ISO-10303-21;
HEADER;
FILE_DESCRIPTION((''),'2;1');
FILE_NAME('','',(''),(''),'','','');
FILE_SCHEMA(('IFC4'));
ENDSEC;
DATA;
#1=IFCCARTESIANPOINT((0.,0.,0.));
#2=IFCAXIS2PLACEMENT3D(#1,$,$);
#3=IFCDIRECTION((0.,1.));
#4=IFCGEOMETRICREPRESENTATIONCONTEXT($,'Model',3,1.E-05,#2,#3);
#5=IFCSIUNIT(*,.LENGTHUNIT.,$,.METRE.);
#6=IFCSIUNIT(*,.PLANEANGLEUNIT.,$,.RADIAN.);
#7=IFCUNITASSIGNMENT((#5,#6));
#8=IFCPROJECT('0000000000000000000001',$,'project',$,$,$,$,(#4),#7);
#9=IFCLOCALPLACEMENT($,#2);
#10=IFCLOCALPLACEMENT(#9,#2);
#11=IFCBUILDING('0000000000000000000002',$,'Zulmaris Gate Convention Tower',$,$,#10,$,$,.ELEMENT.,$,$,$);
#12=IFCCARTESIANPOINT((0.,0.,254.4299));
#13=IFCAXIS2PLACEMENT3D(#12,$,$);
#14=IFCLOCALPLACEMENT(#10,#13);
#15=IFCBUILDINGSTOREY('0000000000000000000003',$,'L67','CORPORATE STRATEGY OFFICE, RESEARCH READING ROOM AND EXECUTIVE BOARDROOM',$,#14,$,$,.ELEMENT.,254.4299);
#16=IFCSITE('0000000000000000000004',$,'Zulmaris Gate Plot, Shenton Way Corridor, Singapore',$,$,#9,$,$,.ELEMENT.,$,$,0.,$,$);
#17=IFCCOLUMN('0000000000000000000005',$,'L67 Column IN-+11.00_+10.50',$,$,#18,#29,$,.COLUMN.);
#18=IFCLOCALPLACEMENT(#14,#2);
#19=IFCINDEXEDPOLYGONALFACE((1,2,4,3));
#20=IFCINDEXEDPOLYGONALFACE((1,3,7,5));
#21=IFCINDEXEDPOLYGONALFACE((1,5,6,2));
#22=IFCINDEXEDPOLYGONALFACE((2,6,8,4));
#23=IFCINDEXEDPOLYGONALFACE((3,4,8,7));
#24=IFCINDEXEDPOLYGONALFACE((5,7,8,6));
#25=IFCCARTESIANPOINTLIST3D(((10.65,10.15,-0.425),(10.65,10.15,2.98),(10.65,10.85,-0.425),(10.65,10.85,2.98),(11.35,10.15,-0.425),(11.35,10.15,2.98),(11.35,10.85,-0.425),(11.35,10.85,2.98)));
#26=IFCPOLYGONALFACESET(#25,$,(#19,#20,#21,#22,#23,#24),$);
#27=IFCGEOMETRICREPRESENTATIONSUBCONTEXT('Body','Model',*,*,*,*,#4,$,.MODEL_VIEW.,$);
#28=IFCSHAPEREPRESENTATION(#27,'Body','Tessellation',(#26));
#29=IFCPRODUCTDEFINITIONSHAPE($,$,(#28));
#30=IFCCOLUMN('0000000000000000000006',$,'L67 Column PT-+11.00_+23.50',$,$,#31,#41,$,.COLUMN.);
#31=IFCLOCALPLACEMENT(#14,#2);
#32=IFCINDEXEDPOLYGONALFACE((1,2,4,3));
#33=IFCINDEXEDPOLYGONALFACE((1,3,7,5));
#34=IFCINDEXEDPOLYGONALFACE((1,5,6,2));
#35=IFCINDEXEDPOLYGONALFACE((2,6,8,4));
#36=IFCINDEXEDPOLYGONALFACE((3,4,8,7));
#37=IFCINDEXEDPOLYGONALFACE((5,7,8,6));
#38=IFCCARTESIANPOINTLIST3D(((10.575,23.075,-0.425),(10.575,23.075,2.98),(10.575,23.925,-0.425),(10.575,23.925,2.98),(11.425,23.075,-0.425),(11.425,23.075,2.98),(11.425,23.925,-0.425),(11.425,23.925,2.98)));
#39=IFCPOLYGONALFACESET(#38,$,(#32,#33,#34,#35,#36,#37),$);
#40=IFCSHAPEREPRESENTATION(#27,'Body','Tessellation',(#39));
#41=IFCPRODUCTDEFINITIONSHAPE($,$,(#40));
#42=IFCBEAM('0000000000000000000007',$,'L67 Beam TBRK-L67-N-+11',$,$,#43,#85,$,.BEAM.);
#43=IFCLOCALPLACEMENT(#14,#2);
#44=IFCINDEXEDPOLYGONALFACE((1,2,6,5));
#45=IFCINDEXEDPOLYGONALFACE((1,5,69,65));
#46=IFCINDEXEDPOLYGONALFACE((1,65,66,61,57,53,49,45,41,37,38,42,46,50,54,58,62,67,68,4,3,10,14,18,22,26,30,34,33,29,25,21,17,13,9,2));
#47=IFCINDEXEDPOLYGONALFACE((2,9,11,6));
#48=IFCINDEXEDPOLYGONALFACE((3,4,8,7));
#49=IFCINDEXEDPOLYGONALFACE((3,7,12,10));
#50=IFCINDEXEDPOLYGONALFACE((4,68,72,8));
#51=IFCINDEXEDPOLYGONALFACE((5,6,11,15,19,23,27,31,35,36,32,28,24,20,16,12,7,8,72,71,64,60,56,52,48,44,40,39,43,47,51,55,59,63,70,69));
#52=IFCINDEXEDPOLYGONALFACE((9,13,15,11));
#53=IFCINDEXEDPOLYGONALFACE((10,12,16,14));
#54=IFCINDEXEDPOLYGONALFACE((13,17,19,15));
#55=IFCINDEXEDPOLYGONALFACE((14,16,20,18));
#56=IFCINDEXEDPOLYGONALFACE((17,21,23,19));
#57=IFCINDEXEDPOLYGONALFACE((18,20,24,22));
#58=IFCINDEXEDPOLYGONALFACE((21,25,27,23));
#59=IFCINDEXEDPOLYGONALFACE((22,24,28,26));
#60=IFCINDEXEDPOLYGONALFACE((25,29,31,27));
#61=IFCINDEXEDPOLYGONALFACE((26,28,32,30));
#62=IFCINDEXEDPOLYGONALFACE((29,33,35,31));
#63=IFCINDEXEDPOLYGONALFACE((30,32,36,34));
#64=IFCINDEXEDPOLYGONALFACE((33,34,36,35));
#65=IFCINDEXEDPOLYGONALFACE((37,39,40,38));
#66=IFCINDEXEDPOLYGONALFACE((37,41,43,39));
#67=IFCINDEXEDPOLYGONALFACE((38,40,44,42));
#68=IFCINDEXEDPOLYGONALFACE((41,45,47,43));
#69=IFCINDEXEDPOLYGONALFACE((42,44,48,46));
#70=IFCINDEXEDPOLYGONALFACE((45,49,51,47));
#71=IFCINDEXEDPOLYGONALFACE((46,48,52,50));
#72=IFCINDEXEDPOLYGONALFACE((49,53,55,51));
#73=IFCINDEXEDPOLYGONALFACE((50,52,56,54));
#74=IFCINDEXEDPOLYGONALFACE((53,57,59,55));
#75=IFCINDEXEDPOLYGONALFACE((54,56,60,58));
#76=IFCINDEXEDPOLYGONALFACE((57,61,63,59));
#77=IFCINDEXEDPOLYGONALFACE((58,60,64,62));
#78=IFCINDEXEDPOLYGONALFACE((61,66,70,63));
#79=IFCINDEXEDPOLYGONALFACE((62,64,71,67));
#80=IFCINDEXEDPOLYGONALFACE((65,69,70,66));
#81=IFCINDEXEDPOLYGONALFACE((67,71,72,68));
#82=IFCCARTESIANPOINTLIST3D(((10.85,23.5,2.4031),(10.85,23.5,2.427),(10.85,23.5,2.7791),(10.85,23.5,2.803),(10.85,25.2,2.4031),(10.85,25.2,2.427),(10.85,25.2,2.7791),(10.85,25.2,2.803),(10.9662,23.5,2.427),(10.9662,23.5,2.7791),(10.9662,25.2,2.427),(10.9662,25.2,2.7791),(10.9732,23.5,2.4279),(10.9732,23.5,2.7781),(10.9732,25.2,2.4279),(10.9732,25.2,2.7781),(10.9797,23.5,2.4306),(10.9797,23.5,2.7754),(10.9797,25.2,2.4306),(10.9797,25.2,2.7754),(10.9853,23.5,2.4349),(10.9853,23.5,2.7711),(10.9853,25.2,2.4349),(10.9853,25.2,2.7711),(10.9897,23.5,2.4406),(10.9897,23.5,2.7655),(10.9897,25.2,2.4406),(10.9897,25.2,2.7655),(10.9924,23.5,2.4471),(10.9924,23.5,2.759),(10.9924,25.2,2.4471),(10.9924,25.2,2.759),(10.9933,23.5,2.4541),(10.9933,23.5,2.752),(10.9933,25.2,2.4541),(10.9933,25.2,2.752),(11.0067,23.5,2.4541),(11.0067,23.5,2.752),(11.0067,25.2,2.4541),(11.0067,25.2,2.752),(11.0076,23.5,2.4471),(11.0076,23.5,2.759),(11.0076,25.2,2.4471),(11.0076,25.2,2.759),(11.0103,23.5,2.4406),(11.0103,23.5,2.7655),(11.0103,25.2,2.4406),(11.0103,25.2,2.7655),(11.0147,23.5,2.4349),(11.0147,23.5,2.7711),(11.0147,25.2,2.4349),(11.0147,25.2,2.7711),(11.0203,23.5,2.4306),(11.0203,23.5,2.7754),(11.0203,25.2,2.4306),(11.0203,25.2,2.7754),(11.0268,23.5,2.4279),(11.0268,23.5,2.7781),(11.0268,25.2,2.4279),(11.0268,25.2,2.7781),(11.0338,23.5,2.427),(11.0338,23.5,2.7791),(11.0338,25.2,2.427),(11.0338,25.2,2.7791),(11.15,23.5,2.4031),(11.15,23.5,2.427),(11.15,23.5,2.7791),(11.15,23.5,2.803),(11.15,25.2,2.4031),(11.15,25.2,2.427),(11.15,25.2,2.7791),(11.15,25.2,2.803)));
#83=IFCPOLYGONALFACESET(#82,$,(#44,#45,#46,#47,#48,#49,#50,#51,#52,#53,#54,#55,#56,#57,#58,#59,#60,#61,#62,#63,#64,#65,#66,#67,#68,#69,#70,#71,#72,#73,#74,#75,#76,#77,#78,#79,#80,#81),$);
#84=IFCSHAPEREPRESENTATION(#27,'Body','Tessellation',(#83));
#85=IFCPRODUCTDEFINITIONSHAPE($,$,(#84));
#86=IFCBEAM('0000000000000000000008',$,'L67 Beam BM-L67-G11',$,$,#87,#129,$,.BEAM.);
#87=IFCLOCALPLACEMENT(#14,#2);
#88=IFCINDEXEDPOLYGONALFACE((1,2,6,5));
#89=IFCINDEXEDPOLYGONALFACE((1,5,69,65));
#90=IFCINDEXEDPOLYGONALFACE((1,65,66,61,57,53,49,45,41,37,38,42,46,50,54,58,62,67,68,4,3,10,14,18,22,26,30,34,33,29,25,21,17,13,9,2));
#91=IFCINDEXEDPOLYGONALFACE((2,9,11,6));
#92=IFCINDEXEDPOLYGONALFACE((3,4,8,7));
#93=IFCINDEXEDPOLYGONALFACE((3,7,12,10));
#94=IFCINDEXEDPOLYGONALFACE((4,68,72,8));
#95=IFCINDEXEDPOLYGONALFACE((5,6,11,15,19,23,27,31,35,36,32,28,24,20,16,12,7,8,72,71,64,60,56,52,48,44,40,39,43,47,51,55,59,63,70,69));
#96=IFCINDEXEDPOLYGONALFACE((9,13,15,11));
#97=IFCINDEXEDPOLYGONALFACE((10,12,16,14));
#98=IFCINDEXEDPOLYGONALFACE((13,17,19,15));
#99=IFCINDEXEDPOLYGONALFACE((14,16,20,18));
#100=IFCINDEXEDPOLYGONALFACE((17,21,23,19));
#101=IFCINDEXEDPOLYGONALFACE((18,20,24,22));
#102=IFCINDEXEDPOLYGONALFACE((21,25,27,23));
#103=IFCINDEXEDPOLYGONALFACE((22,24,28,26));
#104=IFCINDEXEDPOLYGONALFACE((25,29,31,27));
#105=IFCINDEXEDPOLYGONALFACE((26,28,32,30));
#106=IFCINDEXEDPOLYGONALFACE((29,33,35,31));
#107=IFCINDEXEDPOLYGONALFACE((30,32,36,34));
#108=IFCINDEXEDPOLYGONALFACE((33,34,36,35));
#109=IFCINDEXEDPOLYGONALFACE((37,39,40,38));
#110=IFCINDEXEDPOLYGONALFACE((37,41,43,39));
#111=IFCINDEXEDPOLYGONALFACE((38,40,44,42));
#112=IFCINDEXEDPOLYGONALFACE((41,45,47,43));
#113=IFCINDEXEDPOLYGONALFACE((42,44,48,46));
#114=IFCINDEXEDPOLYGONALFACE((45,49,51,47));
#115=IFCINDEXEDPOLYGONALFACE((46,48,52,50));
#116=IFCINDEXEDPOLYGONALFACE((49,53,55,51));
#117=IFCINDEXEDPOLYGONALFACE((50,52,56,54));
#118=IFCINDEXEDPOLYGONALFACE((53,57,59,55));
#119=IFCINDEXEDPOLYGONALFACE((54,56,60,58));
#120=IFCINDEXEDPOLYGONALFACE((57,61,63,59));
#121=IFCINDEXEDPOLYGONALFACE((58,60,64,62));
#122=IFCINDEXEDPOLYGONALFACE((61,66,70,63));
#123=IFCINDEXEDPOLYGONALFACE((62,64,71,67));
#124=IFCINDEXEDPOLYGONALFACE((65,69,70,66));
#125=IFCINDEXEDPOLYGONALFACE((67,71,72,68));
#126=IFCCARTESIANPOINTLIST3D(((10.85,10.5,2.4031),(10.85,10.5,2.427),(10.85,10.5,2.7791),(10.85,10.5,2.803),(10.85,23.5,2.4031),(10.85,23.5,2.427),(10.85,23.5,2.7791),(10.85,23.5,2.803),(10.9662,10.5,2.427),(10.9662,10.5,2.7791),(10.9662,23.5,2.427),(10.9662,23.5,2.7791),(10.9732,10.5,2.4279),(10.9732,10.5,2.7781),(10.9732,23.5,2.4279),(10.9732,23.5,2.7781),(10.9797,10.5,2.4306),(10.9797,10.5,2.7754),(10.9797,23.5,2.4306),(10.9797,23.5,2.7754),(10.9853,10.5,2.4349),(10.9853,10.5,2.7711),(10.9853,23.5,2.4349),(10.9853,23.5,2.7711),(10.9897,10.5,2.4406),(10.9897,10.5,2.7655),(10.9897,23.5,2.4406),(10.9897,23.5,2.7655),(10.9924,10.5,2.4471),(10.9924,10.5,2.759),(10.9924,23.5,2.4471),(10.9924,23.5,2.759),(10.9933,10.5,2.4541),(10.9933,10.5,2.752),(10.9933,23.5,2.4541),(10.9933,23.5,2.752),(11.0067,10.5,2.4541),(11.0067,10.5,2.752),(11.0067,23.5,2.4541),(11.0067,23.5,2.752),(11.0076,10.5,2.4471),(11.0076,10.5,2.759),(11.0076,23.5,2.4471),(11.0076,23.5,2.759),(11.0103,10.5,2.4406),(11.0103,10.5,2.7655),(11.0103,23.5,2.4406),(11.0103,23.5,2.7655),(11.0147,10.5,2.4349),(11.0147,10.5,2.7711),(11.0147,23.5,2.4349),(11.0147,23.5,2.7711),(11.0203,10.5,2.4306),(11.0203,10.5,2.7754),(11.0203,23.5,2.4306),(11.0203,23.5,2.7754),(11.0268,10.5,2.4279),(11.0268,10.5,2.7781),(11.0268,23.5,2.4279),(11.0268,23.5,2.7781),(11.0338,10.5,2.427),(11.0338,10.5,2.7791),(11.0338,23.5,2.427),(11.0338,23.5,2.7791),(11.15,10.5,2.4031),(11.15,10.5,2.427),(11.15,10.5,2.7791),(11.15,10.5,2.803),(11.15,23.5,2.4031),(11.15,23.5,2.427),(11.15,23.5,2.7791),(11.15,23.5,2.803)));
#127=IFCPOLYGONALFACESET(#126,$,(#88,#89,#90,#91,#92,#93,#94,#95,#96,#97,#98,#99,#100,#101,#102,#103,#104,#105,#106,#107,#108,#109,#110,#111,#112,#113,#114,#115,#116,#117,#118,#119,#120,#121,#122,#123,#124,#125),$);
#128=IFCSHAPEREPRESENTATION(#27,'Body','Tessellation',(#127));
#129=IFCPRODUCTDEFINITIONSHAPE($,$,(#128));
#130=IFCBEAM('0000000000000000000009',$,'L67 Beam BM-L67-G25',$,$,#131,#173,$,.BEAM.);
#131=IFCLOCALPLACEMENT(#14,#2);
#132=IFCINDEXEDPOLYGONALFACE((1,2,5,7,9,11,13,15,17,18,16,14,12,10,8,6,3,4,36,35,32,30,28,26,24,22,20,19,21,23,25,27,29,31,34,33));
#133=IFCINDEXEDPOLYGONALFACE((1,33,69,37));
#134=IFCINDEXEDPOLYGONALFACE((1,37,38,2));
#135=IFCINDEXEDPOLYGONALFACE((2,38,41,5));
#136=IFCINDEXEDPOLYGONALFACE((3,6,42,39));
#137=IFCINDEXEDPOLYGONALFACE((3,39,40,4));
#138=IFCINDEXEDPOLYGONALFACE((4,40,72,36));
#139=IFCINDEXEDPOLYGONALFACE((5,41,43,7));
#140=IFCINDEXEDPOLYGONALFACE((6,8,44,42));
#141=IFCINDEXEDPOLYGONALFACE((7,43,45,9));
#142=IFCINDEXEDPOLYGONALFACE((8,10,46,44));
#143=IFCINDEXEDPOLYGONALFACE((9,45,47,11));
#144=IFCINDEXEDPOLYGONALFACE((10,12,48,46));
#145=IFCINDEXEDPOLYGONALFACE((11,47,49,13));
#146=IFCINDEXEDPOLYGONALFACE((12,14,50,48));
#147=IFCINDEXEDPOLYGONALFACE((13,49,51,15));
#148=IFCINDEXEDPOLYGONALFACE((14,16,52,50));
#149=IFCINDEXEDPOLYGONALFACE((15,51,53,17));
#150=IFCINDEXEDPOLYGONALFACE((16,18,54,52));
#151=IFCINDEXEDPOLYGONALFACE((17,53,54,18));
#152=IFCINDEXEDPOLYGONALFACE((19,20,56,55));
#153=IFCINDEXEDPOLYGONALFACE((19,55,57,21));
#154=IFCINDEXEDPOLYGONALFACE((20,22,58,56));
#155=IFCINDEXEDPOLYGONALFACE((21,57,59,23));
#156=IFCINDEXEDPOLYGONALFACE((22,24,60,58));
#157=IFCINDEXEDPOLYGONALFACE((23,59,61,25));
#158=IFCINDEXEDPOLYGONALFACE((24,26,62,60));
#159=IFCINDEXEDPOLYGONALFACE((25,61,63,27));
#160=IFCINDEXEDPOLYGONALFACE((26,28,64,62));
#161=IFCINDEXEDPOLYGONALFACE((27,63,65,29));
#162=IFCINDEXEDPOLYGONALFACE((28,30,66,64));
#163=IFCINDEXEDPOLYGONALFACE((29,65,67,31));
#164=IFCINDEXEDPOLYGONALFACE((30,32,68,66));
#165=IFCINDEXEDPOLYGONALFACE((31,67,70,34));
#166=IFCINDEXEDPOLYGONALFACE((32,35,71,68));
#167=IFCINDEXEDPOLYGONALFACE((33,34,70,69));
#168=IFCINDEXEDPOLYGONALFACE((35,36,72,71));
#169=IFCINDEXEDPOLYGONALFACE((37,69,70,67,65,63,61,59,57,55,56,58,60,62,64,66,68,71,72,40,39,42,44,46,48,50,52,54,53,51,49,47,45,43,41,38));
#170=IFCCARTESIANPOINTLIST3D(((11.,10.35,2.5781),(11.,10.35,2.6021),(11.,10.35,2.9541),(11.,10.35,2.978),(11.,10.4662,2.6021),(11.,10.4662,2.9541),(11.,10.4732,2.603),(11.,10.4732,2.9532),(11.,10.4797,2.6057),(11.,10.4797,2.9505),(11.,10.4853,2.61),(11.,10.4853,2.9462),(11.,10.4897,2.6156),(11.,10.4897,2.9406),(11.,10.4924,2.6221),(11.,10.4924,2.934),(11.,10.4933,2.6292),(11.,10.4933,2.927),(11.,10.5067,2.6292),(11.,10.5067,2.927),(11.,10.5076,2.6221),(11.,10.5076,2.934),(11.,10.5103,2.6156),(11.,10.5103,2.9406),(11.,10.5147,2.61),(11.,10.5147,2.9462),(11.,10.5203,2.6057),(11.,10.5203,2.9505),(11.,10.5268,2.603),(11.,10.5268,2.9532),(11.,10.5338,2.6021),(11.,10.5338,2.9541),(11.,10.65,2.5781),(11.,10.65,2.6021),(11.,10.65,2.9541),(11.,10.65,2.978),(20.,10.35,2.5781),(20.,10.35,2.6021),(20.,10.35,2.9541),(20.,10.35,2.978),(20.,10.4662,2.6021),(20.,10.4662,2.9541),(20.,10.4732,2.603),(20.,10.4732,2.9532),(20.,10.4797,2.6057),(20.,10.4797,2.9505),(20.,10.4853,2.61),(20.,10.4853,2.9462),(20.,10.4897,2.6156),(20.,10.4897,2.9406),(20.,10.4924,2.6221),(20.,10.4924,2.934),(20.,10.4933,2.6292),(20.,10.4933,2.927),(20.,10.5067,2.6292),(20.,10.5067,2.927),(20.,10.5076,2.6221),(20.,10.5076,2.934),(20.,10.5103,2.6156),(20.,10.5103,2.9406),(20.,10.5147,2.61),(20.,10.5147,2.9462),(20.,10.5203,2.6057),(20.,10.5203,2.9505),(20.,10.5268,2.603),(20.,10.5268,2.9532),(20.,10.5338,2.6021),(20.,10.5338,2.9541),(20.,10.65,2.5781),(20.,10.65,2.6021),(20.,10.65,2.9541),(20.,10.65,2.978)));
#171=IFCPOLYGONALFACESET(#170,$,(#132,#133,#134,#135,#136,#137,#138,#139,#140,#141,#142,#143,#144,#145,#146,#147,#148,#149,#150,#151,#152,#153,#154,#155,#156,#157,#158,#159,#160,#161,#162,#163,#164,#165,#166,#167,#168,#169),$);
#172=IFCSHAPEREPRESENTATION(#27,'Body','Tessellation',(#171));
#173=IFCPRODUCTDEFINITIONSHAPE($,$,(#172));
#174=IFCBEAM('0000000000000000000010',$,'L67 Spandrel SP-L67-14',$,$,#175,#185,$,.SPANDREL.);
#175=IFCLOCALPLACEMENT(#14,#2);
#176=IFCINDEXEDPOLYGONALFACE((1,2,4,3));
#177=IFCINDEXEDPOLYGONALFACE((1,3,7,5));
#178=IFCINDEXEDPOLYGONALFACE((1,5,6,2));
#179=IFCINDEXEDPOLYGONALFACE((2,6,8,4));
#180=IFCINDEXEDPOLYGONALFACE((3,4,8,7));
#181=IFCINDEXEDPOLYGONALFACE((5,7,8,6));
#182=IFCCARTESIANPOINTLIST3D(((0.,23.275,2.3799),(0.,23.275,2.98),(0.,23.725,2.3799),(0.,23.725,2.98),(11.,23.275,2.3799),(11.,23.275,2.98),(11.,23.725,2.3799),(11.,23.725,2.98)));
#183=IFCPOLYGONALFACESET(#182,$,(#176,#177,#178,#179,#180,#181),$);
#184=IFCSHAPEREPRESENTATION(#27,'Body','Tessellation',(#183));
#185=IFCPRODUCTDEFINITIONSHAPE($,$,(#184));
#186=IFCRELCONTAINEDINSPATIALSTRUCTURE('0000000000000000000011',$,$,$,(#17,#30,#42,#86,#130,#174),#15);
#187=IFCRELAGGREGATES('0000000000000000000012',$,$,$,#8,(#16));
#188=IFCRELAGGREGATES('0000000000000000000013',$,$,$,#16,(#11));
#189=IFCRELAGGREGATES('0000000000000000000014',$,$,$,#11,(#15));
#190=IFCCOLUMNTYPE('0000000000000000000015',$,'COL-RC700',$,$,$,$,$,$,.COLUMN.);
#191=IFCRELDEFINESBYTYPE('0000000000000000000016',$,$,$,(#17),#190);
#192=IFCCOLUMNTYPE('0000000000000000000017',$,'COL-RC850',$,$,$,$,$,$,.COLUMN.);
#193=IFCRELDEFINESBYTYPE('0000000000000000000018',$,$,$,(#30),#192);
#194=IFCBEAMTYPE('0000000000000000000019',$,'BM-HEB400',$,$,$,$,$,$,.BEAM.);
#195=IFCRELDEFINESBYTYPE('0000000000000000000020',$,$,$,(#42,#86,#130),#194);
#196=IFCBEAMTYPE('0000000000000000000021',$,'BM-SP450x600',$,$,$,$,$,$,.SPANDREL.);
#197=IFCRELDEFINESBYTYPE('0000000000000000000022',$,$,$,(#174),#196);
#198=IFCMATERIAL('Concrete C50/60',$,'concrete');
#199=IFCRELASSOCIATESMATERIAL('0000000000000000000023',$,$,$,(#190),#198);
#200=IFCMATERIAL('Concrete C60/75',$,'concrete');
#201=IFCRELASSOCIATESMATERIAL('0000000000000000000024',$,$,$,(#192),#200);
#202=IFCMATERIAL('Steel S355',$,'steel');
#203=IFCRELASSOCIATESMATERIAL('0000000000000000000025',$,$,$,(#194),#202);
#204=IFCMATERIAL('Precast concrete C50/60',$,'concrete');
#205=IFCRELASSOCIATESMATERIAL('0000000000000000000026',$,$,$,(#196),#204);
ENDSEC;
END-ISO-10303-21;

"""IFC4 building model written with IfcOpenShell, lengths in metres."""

from ifc_helpers import new_model, si_unit, direction, frame, origin, origin_2d, place, context, subcontext, project, spatial, rectangle, i_section, extrude, material, material_profile, profile_set, type_object, element, save


model = new_model("IFC4")

# Units and contexts
model_context = context("Model", 3, precision=1e-05, world=origin(), true_north=direction((0.0, 1.0)))
body_context = subcontext(model_context, "Body", "Model", "MODEL_VIEW")
ifc_project = project(units=[si_unit("LENGTHUNIT", "METRE"), si_unit("PLANEANGLEUNIT", "RADIAN")], contexts=[model_context])

# Site, building, storey
site_placement = place(None, origin())
site = spatial("IfcSite", under=ifc_project, at=site_placement, Name="Zulmaris Gate Plot, Shenton Way Corridor, Singapore", CompositionType="ELEMENT", RefElevation=0.0)
building_placement = place(site_placement, origin())
building = spatial("IfcBuilding", under=site, at=building_placement, Name="Zulmaris Gate Convention Tower", CompositionType="ELEMENT")
storey_placement = place(building_placement, frame((0.0, 0.0, 254.4299)))
storey = spatial("IfcBuildingStorey", under=building, at=storey_placement, Name="L67", Description="CORPORATE STRATEGY OFFICE, RESEARCH READING ROOM AND EXECUTIVE BOARDROOM", CompositionType="ELEMENT", Elevation=254.4299)

# Columns
ifc_material_1 = material(Name="Concrete C50/60", Category="concrete")
ifc_material_profile_1 = material_profile(ifc_material_1, rectangle(XDim=0.7, YDim=0.7, at=origin_2d()), Name="RC COL 700x700")
ifc_profile_set_1 = profile_set([ifc_material_profile_1], Name="Concrete C50/60")
column_type_1 = type_object("IfcColumnType", Name="COL-RC700", PredefinedType="COLUMN", material=ifc_profile_set_1)
column_1_placement = place(storey_placement, frame((11.0, 10.5, -0.425), z_axis=(0.0, 0.0, 1.0), x_axis=(1.0, 0.0, 0.0)))
element("IfcColumn", 1, at=column_1_placement, inside=storey, type_object=column_type_1, Name="L67 Column IN-+11.00_+10.50", PredefinedType="COLUMN", context=body_context, shape_type="SweptSolid", body=[
    extrude(rectangle(XDim=0.7, YDim=0.7, at=origin_2d()), origin(), (0.0, 0.0, 1.0), 3.405),
])
ifc_material_2 = material(Name="Concrete C60/75", Category="concrete")
ifc_material_profile_2 = material_profile(ifc_material_2, rectangle(XDim=0.8501, YDim=0.8501, at=origin_2d()), Name="RC COL 850x850")
ifc_profile_set_2 = profile_set([ifc_material_profile_2], Name="Concrete C60/75")
column_type_2 = type_object("IfcColumnType", Name="COL-RC850", PredefinedType="COLUMN", material=ifc_profile_set_2)
column_2_placement = place(storey_placement, frame((11.0, 23.5, -0.425), z_axis=(0.0, 0.0, 1.0), x_axis=(1.0, 0.0, 0.0)))
element("IfcColumn", 2, at=column_2_placement, inside=storey, type_object=column_type_2, Name="L67 Column PT-+11.00_+23.50", PredefinedType="COLUMN", context=body_context, shape_type="SweptSolid", body=[
    extrude(rectangle(XDim=0.8501, YDim=0.8501, at=origin_2d()), origin(), (0.0, 0.0, 1.0), 3.405),
])

# Beams
ifc_material_3 = material(Name="Steel S355", Category="steel")
ifc_material_profile_3 = material_profile(ifc_material_3, i_section(OverallWidth=0.3, OverallDepth=0.3999, WebThickness=0.0134, FlangeThickness=0.0239, FilletRadius=0.0271, at=origin_2d()), Name="HEB 400")
ifc_profile_set_3 = profile_set([ifc_material_profile_3], Name="Steel S355")
beam_type_1 = type_object("IfcBeamType", Name="BM-HEB400", PredefinedType="BEAM", material=ifc_profile_set_3)
beam_1_placement = place(storey_placement, frame((11.0, 23.5, 2.603), z_axis=(0.0, 1.0, 0.0), x_axis=(-1.0, 0.0, 0.0)))
element("IfcBeam", 3, at=beam_1_placement, inside=storey, type_object=beam_type_1, Name="L67 Beam TBRK-L67-N-+11", PredefinedType="BEAM", context=body_context, shape_type="SweptSolid", body=[
    extrude(i_section(OverallWidth=0.3, OverallDepth=0.3999, WebThickness=0.0134, FlangeThickness=0.0239, FilletRadius=0.0271, at=origin_2d()), origin(), (0.0, 0.0, 1.0), 1.7),
])
beam_2_placement = place(storey_placement, frame((11.0, 10.5, 2.603), z_axis=(0.0, 1.0, 0.0), x_axis=(-1.0, 0.0, 0.0)))
element("IfcBeam", 4, at=beam_2_placement, inside=storey, type_object=beam_type_1, Name="L67 Beam BM-L67-G11", PredefinedType="BEAM", context=body_context, shape_type="SweptSolid", body=[
    extrude(i_section(OverallWidth=0.3, OverallDepth=0.3999, WebThickness=0.0134, FlangeThickness=0.0239, FilletRadius=0.0271, at=origin_2d()), origin(), (0.0, 0.0, 1.0), 13.0),
])
beam_3_placement = place(storey_placement, frame((11.0, 10.5, 2.7781), z_axis=(1.0, 0.0, 0.0), x_axis=(0.0, 1.0, 0.0)))
element("IfcBeam", 5, at=beam_3_placement, inside=storey, type_object=beam_type_1, Name="L67 Beam BM-L67-G25", PredefinedType="BEAM", context=body_context, shape_type="SweptSolid", body=[
    extrude(i_section(OverallWidth=0.3, OverallDepth=0.3999, WebThickness=0.0134, FlangeThickness=0.0239, FilletRadius=0.0271, at=origin_2d()), origin(), (0.0, 0.0, 1.0), 9.0),
])
ifc_material_4 = material(Name="Precast concrete C50/60", Category="concrete")
ifc_material_profile_4 = material_profile(ifc_material_4, rectangle(XDim=0.45, YDim=0.6001, at=origin_2d()), Name="RC SPANDREL 450x600")
ifc_profile_set_4 = profile_set([ifc_material_profile_4], Name="Precast concrete C50/60")
beam_type_2 = type_object("IfcBeamType", Name="BM-SP450x600", PredefinedType="SPANDREL", material=ifc_profile_set_4)
beam_4_placement = place(storey_placement, frame((11.0, 23.5, 2.6799), z_axis=(-1.0, 0.0, 0.0), x_axis=(0.0, -1.0, 0.0)))
element("IfcBeam", 6, at=beam_4_placement, inside=storey, type_object=beam_type_2, Name="L67 Spandrel SP-L67-14", PredefinedType="SPANDREL", context=body_context, shape_type="SweptSolid", body=[
    extrude(rectangle(XDim=0.45, YDim=0.6001, at=origin_2d()), origin(), (0.0, 0.0, 1.0), 11.0),
])

save(model, "model.ifc")
